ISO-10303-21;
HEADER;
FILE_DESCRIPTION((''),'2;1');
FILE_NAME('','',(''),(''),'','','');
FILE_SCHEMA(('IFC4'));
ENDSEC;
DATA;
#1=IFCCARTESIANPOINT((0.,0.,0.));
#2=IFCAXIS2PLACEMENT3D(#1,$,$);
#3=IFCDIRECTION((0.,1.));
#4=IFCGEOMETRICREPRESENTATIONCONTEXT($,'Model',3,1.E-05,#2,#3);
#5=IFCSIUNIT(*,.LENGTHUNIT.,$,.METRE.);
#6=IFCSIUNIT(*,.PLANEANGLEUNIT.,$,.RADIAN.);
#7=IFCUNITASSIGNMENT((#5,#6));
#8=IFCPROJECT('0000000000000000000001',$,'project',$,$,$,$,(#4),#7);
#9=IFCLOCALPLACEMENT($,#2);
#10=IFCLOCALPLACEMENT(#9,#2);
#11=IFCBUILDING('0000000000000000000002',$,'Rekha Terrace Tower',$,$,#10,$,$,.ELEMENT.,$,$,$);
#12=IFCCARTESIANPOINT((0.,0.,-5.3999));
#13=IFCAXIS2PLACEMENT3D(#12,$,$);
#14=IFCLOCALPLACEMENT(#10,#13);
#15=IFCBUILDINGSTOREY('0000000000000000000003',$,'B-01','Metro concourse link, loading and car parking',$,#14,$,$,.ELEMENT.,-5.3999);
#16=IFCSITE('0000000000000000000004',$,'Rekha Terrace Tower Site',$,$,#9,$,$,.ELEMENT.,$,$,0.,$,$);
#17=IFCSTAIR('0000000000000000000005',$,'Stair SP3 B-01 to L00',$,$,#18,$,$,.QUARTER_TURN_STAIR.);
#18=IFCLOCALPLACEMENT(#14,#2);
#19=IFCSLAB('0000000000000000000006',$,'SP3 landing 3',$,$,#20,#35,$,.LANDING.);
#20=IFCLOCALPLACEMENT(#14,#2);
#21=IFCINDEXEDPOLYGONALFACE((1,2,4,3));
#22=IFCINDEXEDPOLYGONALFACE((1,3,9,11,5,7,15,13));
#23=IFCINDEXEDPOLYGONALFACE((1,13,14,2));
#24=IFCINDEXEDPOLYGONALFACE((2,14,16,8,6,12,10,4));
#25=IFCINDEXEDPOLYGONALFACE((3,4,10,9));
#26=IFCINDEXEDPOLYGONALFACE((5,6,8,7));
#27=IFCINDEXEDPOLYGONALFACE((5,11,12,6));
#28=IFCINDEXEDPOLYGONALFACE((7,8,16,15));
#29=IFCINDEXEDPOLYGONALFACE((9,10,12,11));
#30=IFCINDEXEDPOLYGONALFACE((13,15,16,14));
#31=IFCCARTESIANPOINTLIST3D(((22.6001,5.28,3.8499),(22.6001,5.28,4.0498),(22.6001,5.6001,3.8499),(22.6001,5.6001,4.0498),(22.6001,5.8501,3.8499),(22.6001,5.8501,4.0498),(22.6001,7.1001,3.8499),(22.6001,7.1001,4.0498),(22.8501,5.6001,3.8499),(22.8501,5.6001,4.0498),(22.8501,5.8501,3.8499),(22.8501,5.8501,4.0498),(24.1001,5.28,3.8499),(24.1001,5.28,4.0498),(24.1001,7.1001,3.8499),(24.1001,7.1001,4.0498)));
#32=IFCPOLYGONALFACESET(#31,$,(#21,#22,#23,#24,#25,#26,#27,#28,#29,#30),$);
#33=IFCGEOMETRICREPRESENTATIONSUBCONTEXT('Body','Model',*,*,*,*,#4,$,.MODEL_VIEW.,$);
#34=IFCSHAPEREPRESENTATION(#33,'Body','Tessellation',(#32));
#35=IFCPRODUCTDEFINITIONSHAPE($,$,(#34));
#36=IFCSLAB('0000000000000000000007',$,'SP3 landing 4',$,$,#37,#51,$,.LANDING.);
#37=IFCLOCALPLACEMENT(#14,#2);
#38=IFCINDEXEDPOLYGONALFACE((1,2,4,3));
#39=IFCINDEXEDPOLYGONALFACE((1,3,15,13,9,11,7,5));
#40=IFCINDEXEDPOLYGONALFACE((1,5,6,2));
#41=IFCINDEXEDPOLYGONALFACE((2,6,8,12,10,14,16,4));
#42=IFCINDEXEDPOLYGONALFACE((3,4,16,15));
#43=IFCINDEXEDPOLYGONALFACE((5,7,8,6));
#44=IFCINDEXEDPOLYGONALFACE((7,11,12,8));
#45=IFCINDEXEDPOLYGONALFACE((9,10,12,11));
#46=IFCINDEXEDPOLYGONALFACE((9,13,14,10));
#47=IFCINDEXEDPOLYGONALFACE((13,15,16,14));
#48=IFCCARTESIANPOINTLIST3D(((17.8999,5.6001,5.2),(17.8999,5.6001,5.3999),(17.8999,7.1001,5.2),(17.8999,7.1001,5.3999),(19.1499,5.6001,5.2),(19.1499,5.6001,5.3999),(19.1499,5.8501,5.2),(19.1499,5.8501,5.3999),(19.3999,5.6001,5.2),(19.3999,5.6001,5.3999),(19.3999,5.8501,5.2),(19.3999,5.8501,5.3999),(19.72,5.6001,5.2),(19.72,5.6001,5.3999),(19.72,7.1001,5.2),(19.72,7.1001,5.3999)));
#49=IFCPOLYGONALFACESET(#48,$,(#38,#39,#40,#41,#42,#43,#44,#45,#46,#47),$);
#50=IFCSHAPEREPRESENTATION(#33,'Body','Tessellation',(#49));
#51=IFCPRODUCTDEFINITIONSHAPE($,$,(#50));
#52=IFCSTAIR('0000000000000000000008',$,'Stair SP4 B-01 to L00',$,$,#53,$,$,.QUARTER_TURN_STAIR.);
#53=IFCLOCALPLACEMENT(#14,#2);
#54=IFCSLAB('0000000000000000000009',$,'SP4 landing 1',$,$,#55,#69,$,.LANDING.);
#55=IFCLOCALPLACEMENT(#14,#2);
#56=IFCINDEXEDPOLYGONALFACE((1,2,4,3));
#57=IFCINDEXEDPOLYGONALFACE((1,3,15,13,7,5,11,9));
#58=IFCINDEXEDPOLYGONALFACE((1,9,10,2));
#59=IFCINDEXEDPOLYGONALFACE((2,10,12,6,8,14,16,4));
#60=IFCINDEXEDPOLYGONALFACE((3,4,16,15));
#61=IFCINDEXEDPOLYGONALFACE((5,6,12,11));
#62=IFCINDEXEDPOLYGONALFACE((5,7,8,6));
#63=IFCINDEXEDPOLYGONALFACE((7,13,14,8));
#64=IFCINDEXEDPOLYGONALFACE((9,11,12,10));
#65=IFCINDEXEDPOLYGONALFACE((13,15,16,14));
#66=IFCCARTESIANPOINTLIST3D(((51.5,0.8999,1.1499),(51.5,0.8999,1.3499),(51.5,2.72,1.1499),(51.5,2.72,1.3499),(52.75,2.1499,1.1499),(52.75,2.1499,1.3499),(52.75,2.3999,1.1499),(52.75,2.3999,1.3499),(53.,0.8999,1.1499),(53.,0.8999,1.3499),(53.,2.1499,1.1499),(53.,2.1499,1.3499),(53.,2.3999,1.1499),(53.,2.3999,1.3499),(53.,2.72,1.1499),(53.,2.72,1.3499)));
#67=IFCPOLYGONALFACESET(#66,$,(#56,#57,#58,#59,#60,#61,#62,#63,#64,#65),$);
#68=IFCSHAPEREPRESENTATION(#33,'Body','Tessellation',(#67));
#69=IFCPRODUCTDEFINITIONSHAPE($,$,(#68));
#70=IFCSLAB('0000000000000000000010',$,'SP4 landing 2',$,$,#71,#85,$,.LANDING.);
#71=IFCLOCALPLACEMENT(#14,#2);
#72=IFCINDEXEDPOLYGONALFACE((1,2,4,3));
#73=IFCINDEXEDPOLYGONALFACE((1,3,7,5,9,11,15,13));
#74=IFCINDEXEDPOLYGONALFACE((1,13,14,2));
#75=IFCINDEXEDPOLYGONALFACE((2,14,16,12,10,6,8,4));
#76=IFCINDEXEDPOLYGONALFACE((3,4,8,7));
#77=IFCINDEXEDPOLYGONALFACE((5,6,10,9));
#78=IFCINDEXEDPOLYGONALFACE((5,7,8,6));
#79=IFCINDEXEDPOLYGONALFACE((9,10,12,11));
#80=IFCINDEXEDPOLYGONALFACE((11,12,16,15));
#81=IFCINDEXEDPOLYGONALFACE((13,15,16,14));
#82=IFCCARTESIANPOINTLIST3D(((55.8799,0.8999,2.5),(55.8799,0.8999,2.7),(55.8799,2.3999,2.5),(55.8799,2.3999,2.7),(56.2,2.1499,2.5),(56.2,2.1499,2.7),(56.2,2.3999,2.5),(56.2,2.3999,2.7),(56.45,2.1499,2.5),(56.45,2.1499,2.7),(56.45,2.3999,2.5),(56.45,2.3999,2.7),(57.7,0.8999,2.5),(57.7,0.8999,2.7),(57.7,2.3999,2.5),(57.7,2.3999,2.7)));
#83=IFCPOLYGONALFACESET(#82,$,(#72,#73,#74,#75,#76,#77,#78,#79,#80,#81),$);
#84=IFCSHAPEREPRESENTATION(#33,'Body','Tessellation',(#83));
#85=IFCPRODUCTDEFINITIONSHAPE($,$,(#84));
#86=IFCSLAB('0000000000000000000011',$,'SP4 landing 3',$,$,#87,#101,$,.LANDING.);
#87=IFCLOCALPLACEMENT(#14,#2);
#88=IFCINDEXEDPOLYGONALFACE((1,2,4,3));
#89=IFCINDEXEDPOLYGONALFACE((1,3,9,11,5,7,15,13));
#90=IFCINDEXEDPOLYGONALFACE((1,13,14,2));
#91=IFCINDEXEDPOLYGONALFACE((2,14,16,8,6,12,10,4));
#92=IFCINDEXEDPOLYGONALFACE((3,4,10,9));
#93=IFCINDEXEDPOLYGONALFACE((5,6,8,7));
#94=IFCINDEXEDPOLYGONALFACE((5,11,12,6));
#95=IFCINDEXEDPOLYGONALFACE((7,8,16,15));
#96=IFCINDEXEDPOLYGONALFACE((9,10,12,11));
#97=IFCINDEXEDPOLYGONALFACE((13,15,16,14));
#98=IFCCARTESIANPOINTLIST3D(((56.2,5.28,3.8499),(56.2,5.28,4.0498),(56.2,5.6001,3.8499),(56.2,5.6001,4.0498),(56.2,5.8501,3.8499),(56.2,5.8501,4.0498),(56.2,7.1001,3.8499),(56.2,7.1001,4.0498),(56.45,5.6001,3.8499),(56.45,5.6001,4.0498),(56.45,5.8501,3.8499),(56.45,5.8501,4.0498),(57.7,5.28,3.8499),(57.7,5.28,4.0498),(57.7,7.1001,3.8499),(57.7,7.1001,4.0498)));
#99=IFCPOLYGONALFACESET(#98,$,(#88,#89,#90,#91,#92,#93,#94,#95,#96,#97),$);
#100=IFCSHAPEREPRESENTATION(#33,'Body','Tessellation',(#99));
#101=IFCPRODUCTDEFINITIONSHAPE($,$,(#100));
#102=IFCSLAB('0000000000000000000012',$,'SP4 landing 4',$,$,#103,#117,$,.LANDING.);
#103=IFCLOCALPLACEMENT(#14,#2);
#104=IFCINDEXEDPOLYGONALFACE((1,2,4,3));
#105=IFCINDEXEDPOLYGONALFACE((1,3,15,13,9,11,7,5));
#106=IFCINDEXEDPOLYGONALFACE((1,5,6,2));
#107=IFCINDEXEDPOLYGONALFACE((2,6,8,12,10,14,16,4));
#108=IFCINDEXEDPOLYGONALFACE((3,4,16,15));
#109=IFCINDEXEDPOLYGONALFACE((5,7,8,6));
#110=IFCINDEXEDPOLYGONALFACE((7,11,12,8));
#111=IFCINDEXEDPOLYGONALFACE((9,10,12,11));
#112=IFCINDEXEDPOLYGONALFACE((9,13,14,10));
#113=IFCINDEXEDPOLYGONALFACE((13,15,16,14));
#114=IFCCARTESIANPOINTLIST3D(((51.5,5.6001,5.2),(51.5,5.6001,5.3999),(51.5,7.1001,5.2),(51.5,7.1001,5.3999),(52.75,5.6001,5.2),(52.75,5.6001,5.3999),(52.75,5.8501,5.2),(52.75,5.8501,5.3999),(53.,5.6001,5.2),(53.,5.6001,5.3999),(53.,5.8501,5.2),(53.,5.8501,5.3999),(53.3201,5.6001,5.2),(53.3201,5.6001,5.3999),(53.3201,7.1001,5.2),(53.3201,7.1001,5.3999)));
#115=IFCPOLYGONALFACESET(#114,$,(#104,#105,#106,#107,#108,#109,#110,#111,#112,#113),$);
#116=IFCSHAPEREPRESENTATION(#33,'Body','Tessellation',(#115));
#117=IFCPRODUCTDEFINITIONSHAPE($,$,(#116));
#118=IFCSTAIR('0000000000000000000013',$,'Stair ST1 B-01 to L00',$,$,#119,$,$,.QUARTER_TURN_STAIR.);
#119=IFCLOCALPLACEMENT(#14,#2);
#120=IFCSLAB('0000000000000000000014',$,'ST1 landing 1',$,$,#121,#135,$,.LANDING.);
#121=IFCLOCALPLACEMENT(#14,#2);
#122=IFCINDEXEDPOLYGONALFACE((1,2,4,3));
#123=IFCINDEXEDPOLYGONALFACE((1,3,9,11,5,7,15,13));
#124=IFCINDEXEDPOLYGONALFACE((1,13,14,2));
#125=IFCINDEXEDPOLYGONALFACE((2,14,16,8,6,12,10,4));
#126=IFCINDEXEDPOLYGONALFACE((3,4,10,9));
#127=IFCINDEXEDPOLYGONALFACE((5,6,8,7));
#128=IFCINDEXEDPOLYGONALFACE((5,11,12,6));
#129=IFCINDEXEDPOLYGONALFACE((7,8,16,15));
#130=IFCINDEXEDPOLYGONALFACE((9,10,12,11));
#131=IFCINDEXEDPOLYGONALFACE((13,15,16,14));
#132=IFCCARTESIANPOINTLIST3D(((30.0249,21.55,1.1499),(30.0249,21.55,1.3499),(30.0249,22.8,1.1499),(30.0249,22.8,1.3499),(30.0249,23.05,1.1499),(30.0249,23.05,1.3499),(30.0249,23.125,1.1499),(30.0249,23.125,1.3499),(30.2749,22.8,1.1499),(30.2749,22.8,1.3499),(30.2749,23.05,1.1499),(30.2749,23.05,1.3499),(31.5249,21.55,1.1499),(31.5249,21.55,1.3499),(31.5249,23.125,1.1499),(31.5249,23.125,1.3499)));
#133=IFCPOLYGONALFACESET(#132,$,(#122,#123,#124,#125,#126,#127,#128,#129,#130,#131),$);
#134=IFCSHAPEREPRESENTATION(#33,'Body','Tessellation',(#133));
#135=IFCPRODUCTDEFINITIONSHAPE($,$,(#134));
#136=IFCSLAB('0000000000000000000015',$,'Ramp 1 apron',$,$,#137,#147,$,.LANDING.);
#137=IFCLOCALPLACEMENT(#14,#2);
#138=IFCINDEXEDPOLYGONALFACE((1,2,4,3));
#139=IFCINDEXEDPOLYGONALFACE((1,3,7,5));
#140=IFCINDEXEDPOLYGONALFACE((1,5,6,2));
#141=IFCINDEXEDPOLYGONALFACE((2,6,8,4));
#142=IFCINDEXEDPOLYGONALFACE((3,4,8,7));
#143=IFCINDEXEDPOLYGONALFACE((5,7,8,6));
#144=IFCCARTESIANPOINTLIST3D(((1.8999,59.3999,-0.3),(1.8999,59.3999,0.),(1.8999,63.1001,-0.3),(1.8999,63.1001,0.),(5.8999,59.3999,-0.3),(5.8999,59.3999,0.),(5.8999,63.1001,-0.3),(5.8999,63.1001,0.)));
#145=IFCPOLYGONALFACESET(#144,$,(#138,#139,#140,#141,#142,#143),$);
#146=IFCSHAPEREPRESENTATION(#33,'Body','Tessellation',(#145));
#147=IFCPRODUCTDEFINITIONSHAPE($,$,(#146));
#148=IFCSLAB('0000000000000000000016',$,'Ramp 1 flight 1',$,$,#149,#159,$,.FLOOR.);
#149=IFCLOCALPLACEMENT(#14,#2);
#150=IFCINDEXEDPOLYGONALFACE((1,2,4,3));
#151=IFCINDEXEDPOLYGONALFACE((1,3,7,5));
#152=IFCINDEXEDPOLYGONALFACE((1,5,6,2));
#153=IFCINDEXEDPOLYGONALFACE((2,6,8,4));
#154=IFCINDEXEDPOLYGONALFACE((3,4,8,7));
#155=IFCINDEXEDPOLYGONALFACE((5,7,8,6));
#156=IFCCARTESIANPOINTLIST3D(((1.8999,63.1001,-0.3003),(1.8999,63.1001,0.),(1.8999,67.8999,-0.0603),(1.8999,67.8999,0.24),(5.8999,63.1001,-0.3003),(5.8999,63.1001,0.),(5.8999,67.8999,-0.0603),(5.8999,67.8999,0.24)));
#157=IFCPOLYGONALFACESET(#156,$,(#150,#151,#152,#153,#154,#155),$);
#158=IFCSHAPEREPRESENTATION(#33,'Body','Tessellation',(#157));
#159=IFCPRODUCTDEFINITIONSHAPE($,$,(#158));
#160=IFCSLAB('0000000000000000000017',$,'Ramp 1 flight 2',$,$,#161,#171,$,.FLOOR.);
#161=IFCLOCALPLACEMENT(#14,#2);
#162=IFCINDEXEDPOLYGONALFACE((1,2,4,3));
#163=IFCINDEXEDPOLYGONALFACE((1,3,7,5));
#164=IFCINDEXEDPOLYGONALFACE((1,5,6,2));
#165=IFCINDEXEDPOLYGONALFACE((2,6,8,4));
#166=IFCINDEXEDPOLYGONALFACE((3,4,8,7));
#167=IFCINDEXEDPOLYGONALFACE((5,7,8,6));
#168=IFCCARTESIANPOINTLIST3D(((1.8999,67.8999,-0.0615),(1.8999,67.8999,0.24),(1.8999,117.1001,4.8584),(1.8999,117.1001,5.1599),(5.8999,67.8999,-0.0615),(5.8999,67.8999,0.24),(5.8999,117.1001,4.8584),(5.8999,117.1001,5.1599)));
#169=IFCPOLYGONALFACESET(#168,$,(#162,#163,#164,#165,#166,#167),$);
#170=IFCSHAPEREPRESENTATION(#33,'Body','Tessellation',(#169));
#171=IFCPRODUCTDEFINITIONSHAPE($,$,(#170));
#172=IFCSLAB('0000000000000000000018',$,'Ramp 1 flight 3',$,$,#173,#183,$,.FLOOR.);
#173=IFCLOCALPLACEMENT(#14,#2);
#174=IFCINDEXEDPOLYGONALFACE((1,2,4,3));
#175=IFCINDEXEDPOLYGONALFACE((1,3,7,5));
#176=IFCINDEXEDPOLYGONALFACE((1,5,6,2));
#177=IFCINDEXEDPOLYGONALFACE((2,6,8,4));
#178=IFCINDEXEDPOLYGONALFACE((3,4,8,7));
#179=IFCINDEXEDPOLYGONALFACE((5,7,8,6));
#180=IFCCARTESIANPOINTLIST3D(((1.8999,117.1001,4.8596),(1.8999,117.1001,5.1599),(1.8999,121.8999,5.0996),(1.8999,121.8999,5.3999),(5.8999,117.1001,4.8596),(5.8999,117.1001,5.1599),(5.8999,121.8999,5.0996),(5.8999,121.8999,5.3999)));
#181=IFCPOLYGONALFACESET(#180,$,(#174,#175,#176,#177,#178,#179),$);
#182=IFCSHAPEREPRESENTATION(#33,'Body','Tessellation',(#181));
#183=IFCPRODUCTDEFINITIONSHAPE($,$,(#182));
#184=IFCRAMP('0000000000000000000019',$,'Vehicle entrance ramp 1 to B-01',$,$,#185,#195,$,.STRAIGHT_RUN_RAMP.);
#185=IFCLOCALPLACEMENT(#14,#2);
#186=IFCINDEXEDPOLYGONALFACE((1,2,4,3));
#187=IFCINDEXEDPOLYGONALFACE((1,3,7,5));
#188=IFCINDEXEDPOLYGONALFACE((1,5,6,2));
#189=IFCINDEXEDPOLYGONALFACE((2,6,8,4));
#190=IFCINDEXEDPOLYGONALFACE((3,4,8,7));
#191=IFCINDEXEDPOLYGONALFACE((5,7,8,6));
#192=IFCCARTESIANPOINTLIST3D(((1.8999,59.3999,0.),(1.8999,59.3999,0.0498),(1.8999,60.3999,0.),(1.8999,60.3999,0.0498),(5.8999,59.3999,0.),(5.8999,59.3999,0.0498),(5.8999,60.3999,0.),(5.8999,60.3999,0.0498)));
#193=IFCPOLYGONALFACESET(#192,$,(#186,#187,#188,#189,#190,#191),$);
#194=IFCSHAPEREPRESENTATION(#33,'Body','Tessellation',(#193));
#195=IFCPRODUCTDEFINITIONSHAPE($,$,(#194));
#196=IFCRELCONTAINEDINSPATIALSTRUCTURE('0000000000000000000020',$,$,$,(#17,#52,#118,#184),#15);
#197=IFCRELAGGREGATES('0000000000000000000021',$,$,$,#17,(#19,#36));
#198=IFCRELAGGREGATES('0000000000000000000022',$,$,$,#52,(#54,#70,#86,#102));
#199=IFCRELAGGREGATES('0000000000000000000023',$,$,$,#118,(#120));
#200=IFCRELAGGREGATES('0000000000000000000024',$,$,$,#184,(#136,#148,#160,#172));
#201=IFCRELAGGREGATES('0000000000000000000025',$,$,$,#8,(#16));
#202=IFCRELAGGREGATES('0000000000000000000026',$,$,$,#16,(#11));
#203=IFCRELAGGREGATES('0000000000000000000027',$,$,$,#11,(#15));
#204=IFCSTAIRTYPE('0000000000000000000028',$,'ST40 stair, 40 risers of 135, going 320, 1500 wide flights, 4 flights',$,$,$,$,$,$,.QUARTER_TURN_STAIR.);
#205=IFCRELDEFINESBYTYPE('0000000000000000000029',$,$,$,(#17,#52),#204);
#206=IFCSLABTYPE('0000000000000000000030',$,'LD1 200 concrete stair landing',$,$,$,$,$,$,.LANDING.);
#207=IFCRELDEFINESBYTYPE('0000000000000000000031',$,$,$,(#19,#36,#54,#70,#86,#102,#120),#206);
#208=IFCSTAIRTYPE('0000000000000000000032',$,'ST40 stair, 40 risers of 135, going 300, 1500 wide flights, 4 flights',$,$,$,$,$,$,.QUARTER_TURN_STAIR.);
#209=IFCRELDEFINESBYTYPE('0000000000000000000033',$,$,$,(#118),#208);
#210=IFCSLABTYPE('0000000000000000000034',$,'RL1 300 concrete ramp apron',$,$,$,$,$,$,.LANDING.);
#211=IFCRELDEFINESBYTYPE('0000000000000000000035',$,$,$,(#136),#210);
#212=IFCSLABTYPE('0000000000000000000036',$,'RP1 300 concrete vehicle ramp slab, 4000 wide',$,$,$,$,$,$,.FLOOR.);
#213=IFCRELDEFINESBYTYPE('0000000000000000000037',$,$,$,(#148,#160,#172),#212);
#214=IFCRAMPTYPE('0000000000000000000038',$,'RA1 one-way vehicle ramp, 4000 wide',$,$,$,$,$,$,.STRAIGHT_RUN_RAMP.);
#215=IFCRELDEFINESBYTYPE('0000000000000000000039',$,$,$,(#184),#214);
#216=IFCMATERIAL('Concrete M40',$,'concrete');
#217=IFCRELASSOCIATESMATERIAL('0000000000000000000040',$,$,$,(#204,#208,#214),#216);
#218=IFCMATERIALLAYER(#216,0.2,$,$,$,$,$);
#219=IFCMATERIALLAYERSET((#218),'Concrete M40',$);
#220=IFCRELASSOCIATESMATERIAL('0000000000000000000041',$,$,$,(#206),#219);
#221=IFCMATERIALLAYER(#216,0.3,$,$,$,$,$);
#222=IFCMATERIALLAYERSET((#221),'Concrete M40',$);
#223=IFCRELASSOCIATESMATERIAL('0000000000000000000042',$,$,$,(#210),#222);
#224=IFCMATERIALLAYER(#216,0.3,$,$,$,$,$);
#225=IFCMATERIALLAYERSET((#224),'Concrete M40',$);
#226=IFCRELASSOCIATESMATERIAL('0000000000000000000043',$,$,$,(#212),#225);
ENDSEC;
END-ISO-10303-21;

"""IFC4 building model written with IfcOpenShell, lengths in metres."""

from ifc_helpers import new_model, si_unit, direction, frame, origin, place, context, subcontext, project, spatial, polyline, outline, extrude, material, layer, layer_set, type_object, element, aggregate, save


model = new_model("IFC4")

# Units and contexts
model_context = context("Model", 3, precision=1e-05, world=origin(), true_north=direction((0.0, 1.0)))
body_context = subcontext(model_context, "Body", "Model", "MODEL_VIEW")
ifc_project = project(units=[si_unit("LENGTHUNIT", "METRE"), si_unit("PLANEANGLEUNIT", "RADIAN")], contexts=[model_context])

# Site, building, storey
site_placement = place(None, origin())
site = spatial("IfcSite", under=ifc_project, at=site_placement, Name="Rekha Terrace Tower Site", CompositionType="ELEMENT", RefElevation=0.0)
building_placement = place(site_placement, origin())
building = spatial("IfcBuilding", under=site, at=building_placement, Name="Rekha Terrace Tower", CompositionType="ELEMENT")
storey_placement = place(building_placement, frame((0.0, 0.0, -5.3999)))
storey = spatial("IfcBuildingStorey", under=building, at=storey_placement, Name="B-01", Description="Metro concourse link, loading and car parking", CompositionType="ELEMENT", Elevation=-5.3999)

# Stairs, slabs
ifc_material_1 = material(Name="Concrete M40", Category="concrete")
stair_type_1 = type_object("IfcStairType", Name="ST40 stair, 40 risers of 135, going 320, 1500 wide flights, 4 flights", PredefinedType="QUARTER_TURN_STAIR", material=ifc_material_1)
ifc_layer_1 = layer(ifc_material_1, 0.2)
ifc_layer_set_1 = layer_set([ifc_layer_1], Name="Concrete M40")
slab_type_1 = type_object("IfcSlabType", Name="LD1 200 concrete stair landing", PredefinedType="LANDING", material=ifc_layer_set_1)
stair_1_placement = place(storey_placement, origin())
stair_1 = element("IfcStair", 1, at=stair_1_placement, inside=storey, type_object=stair_type_1, Name="Stair SP3 B-01 to L00", PredefinedType="QUARTER_TURN_STAIR")
slab_1_placement = place(storey_placement, frame((0.0, 0.0, 3.8499)))
slab_1 = element("IfcSlab", 2, at=slab_1_placement, type_object=slab_type_1, Name="SP3 landing 3", PredefinedType="LANDING", context=body_context, shape_type="SweptSolid", body=[
    extrude(outline(polyline([(22.6001, 7.1001), (24.1001, 7.1001), (24.1001, 5.28), (22.6001, 5.28), (22.6001, 5.6001), (22.8501, 5.6001), (22.8501, 5.8501), (22.6001, 5.8501), (22.6001, 7.1001)])), origin(), (0.0, 0.0, 1.0), 0.2),
])
slab_2_placement = place(storey_placement, frame((0.0, 0.0, 5.2)))
slab_2 = element("IfcSlab", 3, at=slab_2_placement, type_object=slab_type_1, Name="SP3 landing 4", PredefinedType="LANDING", context=body_context, shape_type="SweptSolid", body=[
    extrude(outline(polyline([(17.8999, 5.6001), (17.8999, 7.1001), (19.72, 7.1001), (19.72, 5.6001), (19.3999, 5.6001), (19.3999, 5.8501), (19.1499, 5.8501), (19.1499, 5.6001), (17.8999, 5.6001)])), origin(), (0.0, 0.0, 1.0), 0.2),
])
aggregate(stair_1, [slab_1, slab_2])
stair_2_placement = place(storey_placement, origin())
stair_2 = element("IfcStair", 4, at=stair_2_placement, inside=storey, type_object=stair_type_1, Name="Stair SP4 B-01 to L00", PredefinedType="QUARTER_TURN_STAIR")
slab_3_placement = place(storey_placement, frame((0.0, 0.0, 1.1499)))
slab_3 = element("IfcSlab", 5, at=slab_3_placement, type_object=slab_type_1, Name="SP4 landing 1", PredefinedType="LANDING", context=body_context, shape_type="SweptSolid", body=[
    extrude(outline(polyline([(53.0, 0.8999), (51.5, 0.8999), (51.5, 2.72), (53.0, 2.72), (53.0, 2.3999), (52.75, 2.3999), (52.75, 2.1499), (53.0, 2.1499), (53.0, 0.8999)])), origin(), (0.0, 0.0, 1.0), 0.2),
])
slab_4_placement = place(storey_placement, frame((0.0, 0.0, 2.5)))
slab_4 = element("IfcSlab", 6, at=slab_4_placement, type_object=slab_type_1, Name="SP4 landing 2", PredefinedType="LANDING", context=body_context, shape_type="SweptSolid", body=[
    extrude(outline(polyline([(57.7, 2.3999), (57.7, 0.8999), (55.8799, 0.8999), (55.8799, 2.3999), (56.2, 2.3999), (56.2, 2.1499), (56.45, 2.1499), (56.45, 2.3999), (57.7, 2.3999)])), origin(), (0.0, 0.0, 1.0), 0.2),
])
slab_5_placement = place(storey_placement, frame((0.0, 0.0, 3.8499)))
slab_5 = element("IfcSlab", 7, at=slab_5_placement, type_object=slab_type_1, Name="SP4 landing 3", PredefinedType="LANDING", context=body_context, shape_type="SweptSolid", body=[
    extrude(outline(polyline([(56.2, 7.1001), (57.7, 7.1001), (57.7, 5.28), (56.2, 5.28), (56.2, 5.6001), (56.45, 5.6001), (56.45, 5.8501), (56.2, 5.8501), (56.2, 7.1001)])), origin(), (0.0, 0.0, 1.0), 0.2),
])
slab_6_placement = place(storey_placement, frame((0.0, 0.0, 5.2)))
slab_6 = element("IfcSlab", 8, at=slab_6_placement, type_object=slab_type_1, Name="SP4 landing 4", PredefinedType="LANDING", context=body_context, shape_type="SweptSolid", body=[
    extrude(outline(polyline([(51.5, 5.6001), (51.5, 7.1001), (53.3201, 7.1001), (53.3201, 5.6001), (53.0, 5.6001), (53.0, 5.8501), (52.75, 5.8501), (52.75, 5.6001), (51.5, 5.6001)])), origin(), (0.0, 0.0, 1.0), 0.2),
])
aggregate(stair_2, [slab_3, slab_4, slab_5, slab_6])

# Stair, slab
stair_type_2 = type_object("IfcStairType", Name="ST40 stair, 40 risers of 135, going 300, 1500 wide flights, 4 flights", PredefinedType="QUARTER_TURN_STAIR", material=ifc_material_1)
stair_3_placement = place(storey_placement, origin())
stair_3 = element("IfcStair", 9, at=stair_3_placement, inside=storey, type_object=stair_type_2, Name="Stair ST1 B-01 to L00", PredefinedType="QUARTER_TURN_STAIR")
slab_7_placement = place(storey_placement, frame((0.0, 0.0, 1.1499)))
slab_7 = element("IfcSlab", 10, at=slab_7_placement, type_object=slab_type_1, Name="ST1 landing 1", PredefinedType="LANDING", context=body_context, shape_type="SweptSolid", body=[
    extrude(outline(polyline([(30.0249, 21.55), (31.5249, 21.55), (31.5249, 23.125), (30.0249, 23.125), (30.0249, 23.05), (30.2749, 23.05), (30.2749, 22.8), (30.0249, 22.8), (30.0249, 21.55)])), origin(), (0.0, 0.0, 1.0), 0.2),
])
aggregate(stair_3, [slab_7])

# Slabs
ifc_layer_2 = layer(ifc_material_1, 0.3)
ifc_layer_set_2 = layer_set([ifc_layer_2], Name="Concrete M40")
slab_type_2 = type_object("IfcSlabType", Name="RL1 300 concrete ramp apron", PredefinedType="LANDING", material=ifc_layer_set_2)
slab_8_placement = place(storey_placement, frame((1.8999, 59.3999, 0.0), z_axis=(0.0, 0.0, 1.0), x_axis=(1.0, 0.0, 0.0)))
slab_8 = element("IfcSlab", 11, at=slab_8_placement, type_object=slab_type_2, Name="Ramp 1 apron", PredefinedType="LANDING", context=body_context, shape_type="SweptSolid", body=[
    extrude(outline(polyline([(0.0, 0.0), (4.0, 0.0), (4.0, 3.7002), (0.0, 3.7002), (0.0, 0.0)])), origin(), (0.0, 0.0, -1.0), 0.3),
])
ifc_layer_3 = layer(ifc_material_1, 0.3)
ifc_layer_set_3 = layer_set([ifc_layer_3], Name="Concrete M40")
slab_type_3 = type_object("IfcSlabType", Name="RP1 300 concrete vehicle ramp slab, 4000 wide", PredefinedType="FLOOR", material=ifc_layer_set_3)
slab_9_placement = place(storey_placement, frame((1.8999, 63.1001, 0.0), z_axis=(0.0, -0.049938, 0.998752), x_axis=(1.0, 0.0, 0.0)))
slab_9 = element("IfcSlab", 12, at=slab_9_placement, type_object=slab_type_3, Name="Ramp 1 flight 1", PredefinedType="FLOOR", context=body_context, shape_type="SweptSolid", body=[
    extrude(outline(polyline([(0.0, 0.0), (4.0, 0.0), (4.0, 4.8058), (0.0, 4.8058), (0.0, 0.0)])), origin(), (0.0, -0.049938, -0.998752), 0.3003),
])
slab_10_placement = place(storey_placement, frame((1.8999, 67.8999, 0.24), z_axis=(0.0, -0.099502, 0.995037), x_axis=(1.0, 0.0, 0.0)))
slab_10 = element("IfcSlab", 13, at=slab_10_placement, type_object=slab_type_3, Name="Ramp 1 flight 2", PredefinedType="FLOOR", context=body_context, shape_type="SweptSolid", body=[
    extrude(outline(polyline([(0.0, 0.0), (4.0, 0.0), (4.0, 49.4456), (0.0, 49.4456), (0.0, 0.0)])), origin(), (0.0, -0.099502, -0.995037), 0.3015),
])
slab_11_placement = place(storey_placement, frame((1.8999, 117.1001, 5.1599), z_axis=(0.0, -0.049938, 0.998752), x_axis=(1.0, 0.0, 0.0)))
slab_11 = element("IfcSlab", 14, at=slab_11_placement, type_object=slab_type_3, Name="Ramp 1 flight 3", PredefinedType="FLOOR", context=body_context, shape_type="SweptSolid", body=[
    extrude(outline(polyline([(0.0, 0.0), (4.0, 0.0), (4.0, 4.8058), (0.0, 4.8058), (0.0, 0.0)])), origin(), (0.0, -0.049938, -0.998752), 0.3003),
])

# Ramp
ramp_type = type_object("IfcRampType", Name="RA1 one-way vehicle ramp, 4000 wide", PredefinedType="STRAIGHT_RUN_RAMP", material=ifc_material_1)
ramp_1_placement = place(storey_placement, origin())
ramp_1 = element("IfcRamp", 15, at=ramp_1_placement, inside=storey, type_object=ramp_type, Name="Vehicle entrance ramp 1 to B-01", PredefinedType="STRAIGHT_RUN_RAMP", context=body_context, shape_type="SweptSolid", body=[
    extrude(outline(polyline([(1.8999, 59.3999), (5.8999, 59.3999), (5.8999, 60.3999), (1.8999, 60.3999), (1.8999, 59.3999)])), origin(), (0.0, 0.0, 1.0), 0.0498),
])
aggregate(ramp_1, [slab_8, slab_9, slab_10, slab_11])

save(model, "model.ifc")
